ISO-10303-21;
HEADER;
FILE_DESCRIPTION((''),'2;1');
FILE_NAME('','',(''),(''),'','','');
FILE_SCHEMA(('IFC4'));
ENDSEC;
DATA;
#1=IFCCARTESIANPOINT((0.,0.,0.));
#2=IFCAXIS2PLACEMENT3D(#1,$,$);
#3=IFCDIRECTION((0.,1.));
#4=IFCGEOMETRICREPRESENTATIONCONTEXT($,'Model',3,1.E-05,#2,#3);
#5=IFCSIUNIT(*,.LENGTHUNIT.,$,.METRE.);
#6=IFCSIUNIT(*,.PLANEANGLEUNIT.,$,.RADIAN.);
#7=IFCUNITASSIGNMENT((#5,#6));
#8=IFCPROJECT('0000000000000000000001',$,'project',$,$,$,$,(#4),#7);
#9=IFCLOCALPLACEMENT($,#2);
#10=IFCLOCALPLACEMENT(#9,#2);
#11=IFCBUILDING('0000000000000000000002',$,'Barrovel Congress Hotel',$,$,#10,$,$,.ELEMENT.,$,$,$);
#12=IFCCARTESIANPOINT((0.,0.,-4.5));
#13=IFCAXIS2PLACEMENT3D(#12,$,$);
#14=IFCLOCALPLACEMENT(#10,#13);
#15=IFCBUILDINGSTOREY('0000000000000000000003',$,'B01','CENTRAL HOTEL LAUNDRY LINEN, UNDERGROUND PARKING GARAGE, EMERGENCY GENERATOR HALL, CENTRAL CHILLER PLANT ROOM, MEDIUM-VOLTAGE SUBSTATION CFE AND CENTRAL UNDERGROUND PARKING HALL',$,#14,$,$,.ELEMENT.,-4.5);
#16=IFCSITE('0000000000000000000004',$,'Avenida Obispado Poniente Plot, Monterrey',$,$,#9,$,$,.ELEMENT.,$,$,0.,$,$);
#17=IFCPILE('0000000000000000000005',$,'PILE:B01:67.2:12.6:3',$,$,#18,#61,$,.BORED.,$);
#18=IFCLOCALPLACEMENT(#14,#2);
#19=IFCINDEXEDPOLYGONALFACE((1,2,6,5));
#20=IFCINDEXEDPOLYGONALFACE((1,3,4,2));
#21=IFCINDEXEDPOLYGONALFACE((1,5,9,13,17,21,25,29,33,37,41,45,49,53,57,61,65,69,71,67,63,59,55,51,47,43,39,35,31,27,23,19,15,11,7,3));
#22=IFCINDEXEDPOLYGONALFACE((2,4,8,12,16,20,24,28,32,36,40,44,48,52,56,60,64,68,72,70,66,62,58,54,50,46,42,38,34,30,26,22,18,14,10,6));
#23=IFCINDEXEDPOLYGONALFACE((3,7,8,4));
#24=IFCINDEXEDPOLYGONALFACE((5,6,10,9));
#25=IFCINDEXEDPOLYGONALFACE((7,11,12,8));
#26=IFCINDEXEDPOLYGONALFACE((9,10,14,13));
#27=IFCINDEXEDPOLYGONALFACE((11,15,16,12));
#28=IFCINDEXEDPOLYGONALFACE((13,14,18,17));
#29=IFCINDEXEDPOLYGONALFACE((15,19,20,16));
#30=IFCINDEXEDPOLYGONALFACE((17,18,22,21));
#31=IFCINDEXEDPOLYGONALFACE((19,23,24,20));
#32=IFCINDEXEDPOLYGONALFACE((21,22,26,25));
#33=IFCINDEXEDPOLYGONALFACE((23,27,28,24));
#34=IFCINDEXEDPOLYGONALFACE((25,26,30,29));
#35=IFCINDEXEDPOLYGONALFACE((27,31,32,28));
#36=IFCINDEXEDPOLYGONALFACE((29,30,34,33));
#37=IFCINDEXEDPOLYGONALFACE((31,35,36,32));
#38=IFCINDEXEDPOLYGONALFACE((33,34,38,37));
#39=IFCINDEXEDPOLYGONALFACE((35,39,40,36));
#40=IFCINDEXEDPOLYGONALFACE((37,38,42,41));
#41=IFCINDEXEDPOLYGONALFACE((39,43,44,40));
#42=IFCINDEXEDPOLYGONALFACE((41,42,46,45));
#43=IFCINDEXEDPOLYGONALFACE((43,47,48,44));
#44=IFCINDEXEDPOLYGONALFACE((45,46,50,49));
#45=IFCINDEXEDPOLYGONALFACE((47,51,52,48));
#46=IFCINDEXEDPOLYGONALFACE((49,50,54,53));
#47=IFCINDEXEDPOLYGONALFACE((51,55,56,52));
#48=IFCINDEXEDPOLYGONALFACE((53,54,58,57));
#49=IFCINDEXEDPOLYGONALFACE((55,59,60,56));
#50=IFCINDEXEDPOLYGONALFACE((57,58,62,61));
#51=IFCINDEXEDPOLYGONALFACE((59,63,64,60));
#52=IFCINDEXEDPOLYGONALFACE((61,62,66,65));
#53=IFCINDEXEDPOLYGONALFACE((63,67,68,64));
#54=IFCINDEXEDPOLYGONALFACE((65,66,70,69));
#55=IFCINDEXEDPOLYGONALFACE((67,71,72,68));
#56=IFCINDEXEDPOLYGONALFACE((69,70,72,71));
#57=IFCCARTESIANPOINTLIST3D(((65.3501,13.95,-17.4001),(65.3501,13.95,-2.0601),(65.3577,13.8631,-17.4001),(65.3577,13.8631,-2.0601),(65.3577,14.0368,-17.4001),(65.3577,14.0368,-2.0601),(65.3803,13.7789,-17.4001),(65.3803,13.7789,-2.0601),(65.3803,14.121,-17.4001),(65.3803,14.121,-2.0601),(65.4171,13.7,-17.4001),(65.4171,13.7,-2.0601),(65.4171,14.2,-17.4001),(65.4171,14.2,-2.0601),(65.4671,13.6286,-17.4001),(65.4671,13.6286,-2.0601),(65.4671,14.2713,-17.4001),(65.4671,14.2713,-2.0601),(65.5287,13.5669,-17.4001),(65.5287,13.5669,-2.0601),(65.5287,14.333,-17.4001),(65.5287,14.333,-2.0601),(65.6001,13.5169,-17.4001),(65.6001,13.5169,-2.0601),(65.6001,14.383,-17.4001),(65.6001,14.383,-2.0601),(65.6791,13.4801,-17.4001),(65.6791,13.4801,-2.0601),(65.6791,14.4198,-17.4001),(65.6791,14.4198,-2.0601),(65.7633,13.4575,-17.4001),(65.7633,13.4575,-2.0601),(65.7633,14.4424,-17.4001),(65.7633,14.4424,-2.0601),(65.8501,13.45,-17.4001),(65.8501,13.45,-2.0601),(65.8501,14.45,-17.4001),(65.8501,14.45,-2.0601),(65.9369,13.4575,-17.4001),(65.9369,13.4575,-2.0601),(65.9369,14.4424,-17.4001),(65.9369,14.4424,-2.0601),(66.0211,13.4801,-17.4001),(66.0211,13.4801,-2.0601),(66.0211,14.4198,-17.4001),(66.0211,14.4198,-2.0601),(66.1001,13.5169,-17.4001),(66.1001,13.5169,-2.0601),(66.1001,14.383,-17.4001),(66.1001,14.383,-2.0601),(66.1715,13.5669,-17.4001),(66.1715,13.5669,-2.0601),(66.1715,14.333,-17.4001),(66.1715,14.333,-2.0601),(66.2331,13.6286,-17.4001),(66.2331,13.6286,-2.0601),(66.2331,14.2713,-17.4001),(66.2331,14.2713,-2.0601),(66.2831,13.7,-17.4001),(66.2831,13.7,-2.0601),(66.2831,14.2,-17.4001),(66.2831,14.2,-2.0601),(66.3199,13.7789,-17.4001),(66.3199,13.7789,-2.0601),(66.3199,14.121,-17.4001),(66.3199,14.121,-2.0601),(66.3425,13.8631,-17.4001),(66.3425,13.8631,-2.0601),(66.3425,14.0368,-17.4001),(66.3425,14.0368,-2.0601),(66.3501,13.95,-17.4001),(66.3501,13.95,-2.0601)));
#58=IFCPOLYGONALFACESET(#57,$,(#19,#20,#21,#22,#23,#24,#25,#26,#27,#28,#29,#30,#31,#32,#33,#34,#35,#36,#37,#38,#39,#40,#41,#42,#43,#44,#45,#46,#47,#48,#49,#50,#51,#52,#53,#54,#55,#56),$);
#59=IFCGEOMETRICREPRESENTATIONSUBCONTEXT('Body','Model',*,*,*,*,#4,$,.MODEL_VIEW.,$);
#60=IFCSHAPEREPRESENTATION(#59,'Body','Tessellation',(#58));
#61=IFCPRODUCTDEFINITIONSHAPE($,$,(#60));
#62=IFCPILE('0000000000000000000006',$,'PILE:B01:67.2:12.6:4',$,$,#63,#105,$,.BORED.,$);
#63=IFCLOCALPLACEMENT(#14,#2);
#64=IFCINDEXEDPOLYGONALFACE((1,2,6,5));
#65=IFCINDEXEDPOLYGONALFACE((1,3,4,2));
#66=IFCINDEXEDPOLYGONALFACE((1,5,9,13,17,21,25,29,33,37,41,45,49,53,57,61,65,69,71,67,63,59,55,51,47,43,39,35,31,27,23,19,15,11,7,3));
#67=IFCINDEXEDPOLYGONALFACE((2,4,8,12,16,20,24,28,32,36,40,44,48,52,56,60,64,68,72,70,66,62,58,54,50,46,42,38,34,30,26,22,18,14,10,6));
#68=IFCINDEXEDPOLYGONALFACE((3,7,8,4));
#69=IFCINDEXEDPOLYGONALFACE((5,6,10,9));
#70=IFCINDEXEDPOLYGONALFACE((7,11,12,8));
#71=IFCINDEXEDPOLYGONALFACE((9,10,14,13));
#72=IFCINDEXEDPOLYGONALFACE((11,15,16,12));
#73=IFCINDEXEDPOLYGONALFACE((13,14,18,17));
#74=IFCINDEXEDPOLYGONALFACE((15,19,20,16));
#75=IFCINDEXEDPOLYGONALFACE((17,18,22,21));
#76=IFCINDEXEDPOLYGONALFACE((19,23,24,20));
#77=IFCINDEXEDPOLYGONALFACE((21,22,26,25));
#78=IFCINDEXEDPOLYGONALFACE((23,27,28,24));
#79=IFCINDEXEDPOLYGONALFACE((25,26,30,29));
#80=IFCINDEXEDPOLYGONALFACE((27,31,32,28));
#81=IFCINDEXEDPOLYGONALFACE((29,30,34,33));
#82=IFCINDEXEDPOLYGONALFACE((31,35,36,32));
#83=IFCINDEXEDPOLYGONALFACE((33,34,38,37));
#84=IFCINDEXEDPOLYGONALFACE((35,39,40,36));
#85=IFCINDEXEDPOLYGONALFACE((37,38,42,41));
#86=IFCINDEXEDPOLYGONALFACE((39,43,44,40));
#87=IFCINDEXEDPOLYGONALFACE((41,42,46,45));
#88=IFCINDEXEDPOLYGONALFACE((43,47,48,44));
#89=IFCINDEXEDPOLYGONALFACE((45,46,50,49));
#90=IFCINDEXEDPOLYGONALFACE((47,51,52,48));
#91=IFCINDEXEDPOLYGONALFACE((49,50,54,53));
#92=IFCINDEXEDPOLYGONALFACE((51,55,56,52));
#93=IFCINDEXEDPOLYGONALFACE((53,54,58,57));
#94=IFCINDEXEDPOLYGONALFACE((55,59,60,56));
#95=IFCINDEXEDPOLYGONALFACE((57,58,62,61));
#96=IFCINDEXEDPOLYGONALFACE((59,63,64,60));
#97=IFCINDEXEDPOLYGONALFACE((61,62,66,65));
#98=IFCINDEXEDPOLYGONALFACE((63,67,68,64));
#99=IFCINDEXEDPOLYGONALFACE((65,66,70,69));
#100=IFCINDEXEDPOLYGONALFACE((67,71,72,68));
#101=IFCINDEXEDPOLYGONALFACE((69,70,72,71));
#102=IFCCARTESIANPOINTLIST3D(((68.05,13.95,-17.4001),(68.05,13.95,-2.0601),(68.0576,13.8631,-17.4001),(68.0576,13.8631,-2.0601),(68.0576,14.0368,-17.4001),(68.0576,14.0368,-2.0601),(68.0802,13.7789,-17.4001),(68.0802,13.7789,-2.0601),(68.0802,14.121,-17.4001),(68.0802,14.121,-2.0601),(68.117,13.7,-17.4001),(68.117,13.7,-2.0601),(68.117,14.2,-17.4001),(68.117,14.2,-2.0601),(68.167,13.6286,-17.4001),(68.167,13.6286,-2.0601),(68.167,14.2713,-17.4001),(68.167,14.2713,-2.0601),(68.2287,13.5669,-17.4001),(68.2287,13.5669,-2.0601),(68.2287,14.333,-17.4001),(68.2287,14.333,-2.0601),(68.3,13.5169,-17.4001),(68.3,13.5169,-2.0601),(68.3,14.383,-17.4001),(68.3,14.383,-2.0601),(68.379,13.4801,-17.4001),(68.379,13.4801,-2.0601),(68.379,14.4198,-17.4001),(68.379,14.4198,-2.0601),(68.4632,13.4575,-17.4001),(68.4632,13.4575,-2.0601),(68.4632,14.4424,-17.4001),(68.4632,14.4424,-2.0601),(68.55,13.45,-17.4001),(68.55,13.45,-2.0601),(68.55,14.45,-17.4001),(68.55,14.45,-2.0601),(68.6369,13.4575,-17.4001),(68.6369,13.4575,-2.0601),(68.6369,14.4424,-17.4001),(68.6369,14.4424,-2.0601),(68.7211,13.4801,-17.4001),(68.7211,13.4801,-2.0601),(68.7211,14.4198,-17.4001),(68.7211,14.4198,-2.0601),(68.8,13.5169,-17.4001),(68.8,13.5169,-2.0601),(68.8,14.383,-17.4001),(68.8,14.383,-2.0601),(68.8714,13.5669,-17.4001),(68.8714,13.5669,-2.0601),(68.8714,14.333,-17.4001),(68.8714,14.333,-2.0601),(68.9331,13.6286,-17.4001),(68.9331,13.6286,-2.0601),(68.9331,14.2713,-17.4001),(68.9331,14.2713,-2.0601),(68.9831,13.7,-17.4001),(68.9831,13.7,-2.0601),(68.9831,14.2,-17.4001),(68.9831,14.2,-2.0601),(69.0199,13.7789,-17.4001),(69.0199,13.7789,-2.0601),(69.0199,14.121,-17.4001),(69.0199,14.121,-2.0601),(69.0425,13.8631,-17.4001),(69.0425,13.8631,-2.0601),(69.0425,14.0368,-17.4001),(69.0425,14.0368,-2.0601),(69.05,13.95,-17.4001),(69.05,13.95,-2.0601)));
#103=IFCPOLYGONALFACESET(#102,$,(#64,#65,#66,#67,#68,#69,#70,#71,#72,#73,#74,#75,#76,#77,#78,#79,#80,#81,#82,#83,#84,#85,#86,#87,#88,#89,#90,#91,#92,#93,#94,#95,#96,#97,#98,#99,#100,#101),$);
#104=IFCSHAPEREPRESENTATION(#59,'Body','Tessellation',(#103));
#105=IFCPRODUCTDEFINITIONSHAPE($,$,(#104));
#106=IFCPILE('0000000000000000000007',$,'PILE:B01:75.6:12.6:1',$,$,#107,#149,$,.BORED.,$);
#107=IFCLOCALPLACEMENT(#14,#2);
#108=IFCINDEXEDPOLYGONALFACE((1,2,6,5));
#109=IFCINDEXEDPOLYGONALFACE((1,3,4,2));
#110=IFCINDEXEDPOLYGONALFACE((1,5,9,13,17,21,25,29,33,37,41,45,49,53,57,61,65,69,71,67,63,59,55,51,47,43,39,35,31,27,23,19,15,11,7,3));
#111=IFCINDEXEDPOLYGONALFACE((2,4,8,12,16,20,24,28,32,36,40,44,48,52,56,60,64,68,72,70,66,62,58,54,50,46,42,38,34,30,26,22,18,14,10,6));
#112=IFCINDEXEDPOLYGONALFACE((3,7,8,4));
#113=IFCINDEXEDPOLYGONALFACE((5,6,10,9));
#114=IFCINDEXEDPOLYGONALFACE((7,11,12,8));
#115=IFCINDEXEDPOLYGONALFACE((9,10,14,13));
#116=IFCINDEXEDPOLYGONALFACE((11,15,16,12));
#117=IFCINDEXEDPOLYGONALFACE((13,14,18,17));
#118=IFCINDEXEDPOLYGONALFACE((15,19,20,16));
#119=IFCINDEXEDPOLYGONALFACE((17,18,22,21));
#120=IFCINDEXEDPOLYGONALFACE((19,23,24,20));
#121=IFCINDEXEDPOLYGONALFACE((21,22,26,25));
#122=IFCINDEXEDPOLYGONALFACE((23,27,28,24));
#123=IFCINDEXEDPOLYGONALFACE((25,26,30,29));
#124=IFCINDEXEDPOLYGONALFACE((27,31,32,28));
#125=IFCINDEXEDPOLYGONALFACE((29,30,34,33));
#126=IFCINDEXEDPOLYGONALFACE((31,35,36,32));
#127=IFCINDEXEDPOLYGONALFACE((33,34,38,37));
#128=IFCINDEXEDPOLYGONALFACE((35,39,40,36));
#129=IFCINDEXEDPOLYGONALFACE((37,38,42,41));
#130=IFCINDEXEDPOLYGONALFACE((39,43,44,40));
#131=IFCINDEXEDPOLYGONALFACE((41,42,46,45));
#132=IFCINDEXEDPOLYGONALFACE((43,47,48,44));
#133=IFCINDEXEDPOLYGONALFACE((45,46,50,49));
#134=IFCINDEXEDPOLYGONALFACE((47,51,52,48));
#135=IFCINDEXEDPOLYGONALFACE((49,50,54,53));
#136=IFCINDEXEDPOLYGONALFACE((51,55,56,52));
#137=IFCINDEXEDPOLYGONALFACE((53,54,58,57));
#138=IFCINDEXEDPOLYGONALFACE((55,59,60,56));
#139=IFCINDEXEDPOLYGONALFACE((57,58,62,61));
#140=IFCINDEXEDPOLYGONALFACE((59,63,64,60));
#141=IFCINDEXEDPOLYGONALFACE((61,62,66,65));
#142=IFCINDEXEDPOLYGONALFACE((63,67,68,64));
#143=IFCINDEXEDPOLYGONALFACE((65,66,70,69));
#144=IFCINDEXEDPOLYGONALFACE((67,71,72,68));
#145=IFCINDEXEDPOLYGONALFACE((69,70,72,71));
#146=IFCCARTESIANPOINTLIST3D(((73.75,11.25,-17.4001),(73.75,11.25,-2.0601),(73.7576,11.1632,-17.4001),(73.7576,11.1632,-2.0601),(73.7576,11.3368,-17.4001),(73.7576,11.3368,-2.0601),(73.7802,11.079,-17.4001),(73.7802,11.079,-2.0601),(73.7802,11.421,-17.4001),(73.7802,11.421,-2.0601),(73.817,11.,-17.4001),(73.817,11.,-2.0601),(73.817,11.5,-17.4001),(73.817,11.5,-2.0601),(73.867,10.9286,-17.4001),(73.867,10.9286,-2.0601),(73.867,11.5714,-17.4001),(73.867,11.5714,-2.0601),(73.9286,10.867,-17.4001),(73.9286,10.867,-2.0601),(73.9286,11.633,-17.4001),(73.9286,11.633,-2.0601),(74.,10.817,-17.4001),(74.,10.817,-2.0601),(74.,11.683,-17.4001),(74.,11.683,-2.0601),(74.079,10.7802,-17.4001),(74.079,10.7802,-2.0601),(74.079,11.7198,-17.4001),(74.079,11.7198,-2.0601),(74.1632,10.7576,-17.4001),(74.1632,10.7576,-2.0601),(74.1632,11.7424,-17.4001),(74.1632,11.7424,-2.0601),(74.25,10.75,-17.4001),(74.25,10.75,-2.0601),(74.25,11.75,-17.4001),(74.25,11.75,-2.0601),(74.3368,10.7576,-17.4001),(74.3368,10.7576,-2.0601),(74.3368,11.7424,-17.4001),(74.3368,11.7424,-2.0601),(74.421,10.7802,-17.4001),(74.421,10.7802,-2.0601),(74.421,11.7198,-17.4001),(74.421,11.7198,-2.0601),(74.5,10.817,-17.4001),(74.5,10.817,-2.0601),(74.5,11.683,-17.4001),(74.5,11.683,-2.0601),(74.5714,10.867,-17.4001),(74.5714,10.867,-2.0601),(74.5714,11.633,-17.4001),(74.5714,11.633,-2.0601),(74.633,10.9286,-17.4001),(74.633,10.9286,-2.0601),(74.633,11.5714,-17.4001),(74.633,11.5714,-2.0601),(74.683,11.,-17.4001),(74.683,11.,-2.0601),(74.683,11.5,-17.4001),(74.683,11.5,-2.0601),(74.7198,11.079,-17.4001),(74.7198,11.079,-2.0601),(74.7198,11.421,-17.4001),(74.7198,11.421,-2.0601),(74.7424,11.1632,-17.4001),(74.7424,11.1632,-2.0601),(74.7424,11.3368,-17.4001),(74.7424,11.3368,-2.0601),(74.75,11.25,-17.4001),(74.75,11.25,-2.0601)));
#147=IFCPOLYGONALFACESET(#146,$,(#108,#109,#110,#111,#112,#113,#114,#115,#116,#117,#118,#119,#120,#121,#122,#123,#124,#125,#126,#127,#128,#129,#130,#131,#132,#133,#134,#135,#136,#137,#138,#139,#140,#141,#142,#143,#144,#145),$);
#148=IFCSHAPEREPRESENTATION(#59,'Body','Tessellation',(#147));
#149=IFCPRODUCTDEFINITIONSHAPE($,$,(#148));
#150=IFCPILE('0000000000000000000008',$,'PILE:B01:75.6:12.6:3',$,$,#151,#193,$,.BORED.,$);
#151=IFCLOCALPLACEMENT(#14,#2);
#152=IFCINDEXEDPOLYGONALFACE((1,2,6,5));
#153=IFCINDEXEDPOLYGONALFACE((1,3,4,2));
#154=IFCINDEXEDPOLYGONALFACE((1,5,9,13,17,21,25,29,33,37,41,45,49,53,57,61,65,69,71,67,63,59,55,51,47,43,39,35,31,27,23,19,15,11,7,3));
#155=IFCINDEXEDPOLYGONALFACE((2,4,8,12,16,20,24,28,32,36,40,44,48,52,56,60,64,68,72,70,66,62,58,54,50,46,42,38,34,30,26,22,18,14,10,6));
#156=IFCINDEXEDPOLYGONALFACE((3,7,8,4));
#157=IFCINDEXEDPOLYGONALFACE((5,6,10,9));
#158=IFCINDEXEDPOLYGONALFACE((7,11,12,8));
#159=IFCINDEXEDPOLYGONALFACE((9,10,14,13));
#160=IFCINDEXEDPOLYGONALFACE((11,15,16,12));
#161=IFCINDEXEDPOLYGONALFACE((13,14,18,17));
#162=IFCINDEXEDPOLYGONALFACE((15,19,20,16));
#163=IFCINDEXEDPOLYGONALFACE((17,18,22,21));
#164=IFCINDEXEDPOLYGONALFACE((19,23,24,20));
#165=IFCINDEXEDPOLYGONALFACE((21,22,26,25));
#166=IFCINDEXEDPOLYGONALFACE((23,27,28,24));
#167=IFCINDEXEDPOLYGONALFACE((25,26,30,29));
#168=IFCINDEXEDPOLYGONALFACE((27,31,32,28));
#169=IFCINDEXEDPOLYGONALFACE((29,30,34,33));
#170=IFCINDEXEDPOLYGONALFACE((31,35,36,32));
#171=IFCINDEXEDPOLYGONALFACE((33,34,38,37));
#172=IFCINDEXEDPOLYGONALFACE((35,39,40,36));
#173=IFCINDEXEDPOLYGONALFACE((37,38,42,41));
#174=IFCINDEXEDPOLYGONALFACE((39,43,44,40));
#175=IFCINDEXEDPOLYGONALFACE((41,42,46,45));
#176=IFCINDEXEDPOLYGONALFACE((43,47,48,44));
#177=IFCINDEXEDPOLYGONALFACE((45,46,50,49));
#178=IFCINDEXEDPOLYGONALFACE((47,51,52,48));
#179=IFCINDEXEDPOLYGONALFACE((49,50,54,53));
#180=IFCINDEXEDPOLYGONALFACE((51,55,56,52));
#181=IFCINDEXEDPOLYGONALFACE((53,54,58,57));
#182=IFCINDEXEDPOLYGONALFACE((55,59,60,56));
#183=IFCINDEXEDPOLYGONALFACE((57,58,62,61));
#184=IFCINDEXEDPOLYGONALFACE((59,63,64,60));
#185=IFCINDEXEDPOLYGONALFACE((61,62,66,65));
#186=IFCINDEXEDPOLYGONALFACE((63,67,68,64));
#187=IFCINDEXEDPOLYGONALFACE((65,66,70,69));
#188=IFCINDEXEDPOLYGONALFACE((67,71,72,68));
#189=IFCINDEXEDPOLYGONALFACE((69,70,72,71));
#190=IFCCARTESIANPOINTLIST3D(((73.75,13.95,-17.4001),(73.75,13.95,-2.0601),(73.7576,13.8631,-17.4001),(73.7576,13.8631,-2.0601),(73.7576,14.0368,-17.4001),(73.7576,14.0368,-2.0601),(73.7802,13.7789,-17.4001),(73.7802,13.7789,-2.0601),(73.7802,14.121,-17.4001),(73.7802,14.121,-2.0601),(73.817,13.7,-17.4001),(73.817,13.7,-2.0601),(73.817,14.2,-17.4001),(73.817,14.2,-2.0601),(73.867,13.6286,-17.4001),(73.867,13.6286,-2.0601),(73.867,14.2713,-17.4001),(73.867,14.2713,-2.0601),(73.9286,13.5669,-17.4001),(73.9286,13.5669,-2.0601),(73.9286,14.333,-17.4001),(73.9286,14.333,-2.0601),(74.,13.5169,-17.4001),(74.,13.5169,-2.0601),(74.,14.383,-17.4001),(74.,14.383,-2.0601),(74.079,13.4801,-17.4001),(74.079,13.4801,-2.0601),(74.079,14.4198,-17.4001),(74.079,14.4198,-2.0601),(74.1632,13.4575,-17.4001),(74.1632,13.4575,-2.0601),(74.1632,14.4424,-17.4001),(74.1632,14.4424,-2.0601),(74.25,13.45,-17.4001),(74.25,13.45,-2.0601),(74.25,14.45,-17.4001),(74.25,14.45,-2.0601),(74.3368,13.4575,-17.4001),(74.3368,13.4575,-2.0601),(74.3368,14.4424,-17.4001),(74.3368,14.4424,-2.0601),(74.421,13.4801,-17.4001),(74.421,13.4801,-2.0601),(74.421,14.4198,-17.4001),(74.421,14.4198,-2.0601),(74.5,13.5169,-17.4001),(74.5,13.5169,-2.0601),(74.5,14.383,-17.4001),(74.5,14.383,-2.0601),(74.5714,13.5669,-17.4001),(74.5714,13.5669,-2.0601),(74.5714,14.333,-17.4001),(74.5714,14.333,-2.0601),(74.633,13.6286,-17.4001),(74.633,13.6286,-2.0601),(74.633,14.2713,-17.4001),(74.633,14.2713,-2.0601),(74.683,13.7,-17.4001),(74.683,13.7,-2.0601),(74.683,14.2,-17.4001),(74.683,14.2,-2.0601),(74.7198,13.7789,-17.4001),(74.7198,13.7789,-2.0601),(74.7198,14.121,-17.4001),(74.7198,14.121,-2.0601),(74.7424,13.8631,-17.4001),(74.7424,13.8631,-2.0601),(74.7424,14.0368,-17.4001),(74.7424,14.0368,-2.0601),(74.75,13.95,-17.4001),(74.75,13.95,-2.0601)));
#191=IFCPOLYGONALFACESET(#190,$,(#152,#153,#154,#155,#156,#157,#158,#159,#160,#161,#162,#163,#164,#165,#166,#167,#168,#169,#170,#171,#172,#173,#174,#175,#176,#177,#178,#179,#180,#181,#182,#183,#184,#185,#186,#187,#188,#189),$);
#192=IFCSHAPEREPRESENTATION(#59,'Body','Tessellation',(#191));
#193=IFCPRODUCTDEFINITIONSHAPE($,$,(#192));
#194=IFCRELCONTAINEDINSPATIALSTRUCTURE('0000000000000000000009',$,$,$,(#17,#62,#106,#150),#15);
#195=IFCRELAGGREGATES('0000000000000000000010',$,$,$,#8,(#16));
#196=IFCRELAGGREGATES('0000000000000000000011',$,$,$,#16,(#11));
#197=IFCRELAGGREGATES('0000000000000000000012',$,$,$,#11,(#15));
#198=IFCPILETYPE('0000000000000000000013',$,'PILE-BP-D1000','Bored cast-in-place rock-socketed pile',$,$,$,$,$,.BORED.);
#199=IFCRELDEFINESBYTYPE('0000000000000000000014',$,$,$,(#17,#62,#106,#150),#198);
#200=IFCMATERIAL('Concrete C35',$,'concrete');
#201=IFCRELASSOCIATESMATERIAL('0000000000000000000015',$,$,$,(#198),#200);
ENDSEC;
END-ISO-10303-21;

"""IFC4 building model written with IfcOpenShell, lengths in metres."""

from ifc_helpers import new_model, si_unit, direction, frame, origin, origin_2d, place, context, subcontext, project, spatial, circle, extrude, material, material_profile, profile_set, type_object, element, save


model = new_model("IFC4")

# Units and contexts
model_context = context("Model", 3, precision=1e-05, world=origin(), true_north=direction((0.0, 1.0)))
body_context = subcontext(model_context, "Body", "Model", "MODEL_VIEW")
ifc_project = project(units=[si_unit("LENGTHUNIT", "METRE"), si_unit("PLANEANGLEUNIT", "RADIAN")], contexts=[model_context])

# Site, building, storey
site_placement = place(None, origin())
site = spatial("IfcSite", under=ifc_project, at=site_placement, Name="Avenida Obispado Poniente Plot, Monterrey", CompositionType="ELEMENT", RefElevation=0.0)
building_placement = place(site_placement, origin())
building = spatial("IfcBuilding", under=site, at=building_placement, Name="Barrovel Congress Hotel", CompositionType="ELEMENT")
storey_placement = place(building_placement, frame((0.0, 0.0, -4.5)))
storey = spatial("IfcBuildingStorey", under=building, at=storey_placement, Name="B01", Description="CENTRAL HOTEL LAUNDRY LINEN, UNDERGROUND PARKING GARAGE, EMERGENCY GENERATOR HALL, CENTRAL CHILLER PLANT ROOM, MEDIUM-VOLTAGE SUBSTATION CFE AND CENTRAL UNDERGROUND PARKING HALL", CompositionType="ELEMENT", Elevation=-4.5)

# Piles
ifc_material_1 = material(Name="Concrete C35", Category="concrete")
ifc_material_profile_1 = material_profile(ifc_material_1, circle(Radius=0.5, at=origin_2d()), Name="BP-D1000")
ifc_profile_set_1 = profile_set([ifc_material_profile_1], Name="Concrete C35")
pile_type_1 = type_object("IfcPileType", Name="PILE-BP-D1000", Description="Bored cast-in-place rock-socketed pile", PredefinedType="BORED", material=ifc_profile_set_1)
for number, where, z_axis, x_axis, name in (
    (1, (65.8501, 13.95, -2.0601), (0.0, 0.0, -1.0), (1.0, 0.0, 0.0), "PILE:B01:67.2:12.6:3"),
    (2, (68.55, 13.95, -2.0601), (0.0, 0.0, -1.0), (1.0, 0.0, 0.0), "PILE:B01:67.2:12.6:4"),
    (3, (74.25, 11.25, -2.0601), (0.0, 0.0, -1.0), (1.0, 0.0, 0.0), "PILE:B01:75.6:12.6:1"),
    (4, (74.25, 13.95, -2.0601), (0.0, 0.0, -1.0), (1.0, 0.0, 0.0), "PILE:B01:75.6:12.6:3"),
):
    element("IfcPile", number, at=place(storey_placement, frame(where, z_axis=z_axis, x_axis=x_axis)), inside=storey, type_object=pile_type_1, Name=name, PredefinedType="BORED", context=body_context, shape_type="SweptSolid", body=[
        extrude(circle(Radius=0.5, at=origin_2d()), origin(), (0.0, 0.0, 1.0), 15.3401),
    ])

save(model, "model.ifc")
